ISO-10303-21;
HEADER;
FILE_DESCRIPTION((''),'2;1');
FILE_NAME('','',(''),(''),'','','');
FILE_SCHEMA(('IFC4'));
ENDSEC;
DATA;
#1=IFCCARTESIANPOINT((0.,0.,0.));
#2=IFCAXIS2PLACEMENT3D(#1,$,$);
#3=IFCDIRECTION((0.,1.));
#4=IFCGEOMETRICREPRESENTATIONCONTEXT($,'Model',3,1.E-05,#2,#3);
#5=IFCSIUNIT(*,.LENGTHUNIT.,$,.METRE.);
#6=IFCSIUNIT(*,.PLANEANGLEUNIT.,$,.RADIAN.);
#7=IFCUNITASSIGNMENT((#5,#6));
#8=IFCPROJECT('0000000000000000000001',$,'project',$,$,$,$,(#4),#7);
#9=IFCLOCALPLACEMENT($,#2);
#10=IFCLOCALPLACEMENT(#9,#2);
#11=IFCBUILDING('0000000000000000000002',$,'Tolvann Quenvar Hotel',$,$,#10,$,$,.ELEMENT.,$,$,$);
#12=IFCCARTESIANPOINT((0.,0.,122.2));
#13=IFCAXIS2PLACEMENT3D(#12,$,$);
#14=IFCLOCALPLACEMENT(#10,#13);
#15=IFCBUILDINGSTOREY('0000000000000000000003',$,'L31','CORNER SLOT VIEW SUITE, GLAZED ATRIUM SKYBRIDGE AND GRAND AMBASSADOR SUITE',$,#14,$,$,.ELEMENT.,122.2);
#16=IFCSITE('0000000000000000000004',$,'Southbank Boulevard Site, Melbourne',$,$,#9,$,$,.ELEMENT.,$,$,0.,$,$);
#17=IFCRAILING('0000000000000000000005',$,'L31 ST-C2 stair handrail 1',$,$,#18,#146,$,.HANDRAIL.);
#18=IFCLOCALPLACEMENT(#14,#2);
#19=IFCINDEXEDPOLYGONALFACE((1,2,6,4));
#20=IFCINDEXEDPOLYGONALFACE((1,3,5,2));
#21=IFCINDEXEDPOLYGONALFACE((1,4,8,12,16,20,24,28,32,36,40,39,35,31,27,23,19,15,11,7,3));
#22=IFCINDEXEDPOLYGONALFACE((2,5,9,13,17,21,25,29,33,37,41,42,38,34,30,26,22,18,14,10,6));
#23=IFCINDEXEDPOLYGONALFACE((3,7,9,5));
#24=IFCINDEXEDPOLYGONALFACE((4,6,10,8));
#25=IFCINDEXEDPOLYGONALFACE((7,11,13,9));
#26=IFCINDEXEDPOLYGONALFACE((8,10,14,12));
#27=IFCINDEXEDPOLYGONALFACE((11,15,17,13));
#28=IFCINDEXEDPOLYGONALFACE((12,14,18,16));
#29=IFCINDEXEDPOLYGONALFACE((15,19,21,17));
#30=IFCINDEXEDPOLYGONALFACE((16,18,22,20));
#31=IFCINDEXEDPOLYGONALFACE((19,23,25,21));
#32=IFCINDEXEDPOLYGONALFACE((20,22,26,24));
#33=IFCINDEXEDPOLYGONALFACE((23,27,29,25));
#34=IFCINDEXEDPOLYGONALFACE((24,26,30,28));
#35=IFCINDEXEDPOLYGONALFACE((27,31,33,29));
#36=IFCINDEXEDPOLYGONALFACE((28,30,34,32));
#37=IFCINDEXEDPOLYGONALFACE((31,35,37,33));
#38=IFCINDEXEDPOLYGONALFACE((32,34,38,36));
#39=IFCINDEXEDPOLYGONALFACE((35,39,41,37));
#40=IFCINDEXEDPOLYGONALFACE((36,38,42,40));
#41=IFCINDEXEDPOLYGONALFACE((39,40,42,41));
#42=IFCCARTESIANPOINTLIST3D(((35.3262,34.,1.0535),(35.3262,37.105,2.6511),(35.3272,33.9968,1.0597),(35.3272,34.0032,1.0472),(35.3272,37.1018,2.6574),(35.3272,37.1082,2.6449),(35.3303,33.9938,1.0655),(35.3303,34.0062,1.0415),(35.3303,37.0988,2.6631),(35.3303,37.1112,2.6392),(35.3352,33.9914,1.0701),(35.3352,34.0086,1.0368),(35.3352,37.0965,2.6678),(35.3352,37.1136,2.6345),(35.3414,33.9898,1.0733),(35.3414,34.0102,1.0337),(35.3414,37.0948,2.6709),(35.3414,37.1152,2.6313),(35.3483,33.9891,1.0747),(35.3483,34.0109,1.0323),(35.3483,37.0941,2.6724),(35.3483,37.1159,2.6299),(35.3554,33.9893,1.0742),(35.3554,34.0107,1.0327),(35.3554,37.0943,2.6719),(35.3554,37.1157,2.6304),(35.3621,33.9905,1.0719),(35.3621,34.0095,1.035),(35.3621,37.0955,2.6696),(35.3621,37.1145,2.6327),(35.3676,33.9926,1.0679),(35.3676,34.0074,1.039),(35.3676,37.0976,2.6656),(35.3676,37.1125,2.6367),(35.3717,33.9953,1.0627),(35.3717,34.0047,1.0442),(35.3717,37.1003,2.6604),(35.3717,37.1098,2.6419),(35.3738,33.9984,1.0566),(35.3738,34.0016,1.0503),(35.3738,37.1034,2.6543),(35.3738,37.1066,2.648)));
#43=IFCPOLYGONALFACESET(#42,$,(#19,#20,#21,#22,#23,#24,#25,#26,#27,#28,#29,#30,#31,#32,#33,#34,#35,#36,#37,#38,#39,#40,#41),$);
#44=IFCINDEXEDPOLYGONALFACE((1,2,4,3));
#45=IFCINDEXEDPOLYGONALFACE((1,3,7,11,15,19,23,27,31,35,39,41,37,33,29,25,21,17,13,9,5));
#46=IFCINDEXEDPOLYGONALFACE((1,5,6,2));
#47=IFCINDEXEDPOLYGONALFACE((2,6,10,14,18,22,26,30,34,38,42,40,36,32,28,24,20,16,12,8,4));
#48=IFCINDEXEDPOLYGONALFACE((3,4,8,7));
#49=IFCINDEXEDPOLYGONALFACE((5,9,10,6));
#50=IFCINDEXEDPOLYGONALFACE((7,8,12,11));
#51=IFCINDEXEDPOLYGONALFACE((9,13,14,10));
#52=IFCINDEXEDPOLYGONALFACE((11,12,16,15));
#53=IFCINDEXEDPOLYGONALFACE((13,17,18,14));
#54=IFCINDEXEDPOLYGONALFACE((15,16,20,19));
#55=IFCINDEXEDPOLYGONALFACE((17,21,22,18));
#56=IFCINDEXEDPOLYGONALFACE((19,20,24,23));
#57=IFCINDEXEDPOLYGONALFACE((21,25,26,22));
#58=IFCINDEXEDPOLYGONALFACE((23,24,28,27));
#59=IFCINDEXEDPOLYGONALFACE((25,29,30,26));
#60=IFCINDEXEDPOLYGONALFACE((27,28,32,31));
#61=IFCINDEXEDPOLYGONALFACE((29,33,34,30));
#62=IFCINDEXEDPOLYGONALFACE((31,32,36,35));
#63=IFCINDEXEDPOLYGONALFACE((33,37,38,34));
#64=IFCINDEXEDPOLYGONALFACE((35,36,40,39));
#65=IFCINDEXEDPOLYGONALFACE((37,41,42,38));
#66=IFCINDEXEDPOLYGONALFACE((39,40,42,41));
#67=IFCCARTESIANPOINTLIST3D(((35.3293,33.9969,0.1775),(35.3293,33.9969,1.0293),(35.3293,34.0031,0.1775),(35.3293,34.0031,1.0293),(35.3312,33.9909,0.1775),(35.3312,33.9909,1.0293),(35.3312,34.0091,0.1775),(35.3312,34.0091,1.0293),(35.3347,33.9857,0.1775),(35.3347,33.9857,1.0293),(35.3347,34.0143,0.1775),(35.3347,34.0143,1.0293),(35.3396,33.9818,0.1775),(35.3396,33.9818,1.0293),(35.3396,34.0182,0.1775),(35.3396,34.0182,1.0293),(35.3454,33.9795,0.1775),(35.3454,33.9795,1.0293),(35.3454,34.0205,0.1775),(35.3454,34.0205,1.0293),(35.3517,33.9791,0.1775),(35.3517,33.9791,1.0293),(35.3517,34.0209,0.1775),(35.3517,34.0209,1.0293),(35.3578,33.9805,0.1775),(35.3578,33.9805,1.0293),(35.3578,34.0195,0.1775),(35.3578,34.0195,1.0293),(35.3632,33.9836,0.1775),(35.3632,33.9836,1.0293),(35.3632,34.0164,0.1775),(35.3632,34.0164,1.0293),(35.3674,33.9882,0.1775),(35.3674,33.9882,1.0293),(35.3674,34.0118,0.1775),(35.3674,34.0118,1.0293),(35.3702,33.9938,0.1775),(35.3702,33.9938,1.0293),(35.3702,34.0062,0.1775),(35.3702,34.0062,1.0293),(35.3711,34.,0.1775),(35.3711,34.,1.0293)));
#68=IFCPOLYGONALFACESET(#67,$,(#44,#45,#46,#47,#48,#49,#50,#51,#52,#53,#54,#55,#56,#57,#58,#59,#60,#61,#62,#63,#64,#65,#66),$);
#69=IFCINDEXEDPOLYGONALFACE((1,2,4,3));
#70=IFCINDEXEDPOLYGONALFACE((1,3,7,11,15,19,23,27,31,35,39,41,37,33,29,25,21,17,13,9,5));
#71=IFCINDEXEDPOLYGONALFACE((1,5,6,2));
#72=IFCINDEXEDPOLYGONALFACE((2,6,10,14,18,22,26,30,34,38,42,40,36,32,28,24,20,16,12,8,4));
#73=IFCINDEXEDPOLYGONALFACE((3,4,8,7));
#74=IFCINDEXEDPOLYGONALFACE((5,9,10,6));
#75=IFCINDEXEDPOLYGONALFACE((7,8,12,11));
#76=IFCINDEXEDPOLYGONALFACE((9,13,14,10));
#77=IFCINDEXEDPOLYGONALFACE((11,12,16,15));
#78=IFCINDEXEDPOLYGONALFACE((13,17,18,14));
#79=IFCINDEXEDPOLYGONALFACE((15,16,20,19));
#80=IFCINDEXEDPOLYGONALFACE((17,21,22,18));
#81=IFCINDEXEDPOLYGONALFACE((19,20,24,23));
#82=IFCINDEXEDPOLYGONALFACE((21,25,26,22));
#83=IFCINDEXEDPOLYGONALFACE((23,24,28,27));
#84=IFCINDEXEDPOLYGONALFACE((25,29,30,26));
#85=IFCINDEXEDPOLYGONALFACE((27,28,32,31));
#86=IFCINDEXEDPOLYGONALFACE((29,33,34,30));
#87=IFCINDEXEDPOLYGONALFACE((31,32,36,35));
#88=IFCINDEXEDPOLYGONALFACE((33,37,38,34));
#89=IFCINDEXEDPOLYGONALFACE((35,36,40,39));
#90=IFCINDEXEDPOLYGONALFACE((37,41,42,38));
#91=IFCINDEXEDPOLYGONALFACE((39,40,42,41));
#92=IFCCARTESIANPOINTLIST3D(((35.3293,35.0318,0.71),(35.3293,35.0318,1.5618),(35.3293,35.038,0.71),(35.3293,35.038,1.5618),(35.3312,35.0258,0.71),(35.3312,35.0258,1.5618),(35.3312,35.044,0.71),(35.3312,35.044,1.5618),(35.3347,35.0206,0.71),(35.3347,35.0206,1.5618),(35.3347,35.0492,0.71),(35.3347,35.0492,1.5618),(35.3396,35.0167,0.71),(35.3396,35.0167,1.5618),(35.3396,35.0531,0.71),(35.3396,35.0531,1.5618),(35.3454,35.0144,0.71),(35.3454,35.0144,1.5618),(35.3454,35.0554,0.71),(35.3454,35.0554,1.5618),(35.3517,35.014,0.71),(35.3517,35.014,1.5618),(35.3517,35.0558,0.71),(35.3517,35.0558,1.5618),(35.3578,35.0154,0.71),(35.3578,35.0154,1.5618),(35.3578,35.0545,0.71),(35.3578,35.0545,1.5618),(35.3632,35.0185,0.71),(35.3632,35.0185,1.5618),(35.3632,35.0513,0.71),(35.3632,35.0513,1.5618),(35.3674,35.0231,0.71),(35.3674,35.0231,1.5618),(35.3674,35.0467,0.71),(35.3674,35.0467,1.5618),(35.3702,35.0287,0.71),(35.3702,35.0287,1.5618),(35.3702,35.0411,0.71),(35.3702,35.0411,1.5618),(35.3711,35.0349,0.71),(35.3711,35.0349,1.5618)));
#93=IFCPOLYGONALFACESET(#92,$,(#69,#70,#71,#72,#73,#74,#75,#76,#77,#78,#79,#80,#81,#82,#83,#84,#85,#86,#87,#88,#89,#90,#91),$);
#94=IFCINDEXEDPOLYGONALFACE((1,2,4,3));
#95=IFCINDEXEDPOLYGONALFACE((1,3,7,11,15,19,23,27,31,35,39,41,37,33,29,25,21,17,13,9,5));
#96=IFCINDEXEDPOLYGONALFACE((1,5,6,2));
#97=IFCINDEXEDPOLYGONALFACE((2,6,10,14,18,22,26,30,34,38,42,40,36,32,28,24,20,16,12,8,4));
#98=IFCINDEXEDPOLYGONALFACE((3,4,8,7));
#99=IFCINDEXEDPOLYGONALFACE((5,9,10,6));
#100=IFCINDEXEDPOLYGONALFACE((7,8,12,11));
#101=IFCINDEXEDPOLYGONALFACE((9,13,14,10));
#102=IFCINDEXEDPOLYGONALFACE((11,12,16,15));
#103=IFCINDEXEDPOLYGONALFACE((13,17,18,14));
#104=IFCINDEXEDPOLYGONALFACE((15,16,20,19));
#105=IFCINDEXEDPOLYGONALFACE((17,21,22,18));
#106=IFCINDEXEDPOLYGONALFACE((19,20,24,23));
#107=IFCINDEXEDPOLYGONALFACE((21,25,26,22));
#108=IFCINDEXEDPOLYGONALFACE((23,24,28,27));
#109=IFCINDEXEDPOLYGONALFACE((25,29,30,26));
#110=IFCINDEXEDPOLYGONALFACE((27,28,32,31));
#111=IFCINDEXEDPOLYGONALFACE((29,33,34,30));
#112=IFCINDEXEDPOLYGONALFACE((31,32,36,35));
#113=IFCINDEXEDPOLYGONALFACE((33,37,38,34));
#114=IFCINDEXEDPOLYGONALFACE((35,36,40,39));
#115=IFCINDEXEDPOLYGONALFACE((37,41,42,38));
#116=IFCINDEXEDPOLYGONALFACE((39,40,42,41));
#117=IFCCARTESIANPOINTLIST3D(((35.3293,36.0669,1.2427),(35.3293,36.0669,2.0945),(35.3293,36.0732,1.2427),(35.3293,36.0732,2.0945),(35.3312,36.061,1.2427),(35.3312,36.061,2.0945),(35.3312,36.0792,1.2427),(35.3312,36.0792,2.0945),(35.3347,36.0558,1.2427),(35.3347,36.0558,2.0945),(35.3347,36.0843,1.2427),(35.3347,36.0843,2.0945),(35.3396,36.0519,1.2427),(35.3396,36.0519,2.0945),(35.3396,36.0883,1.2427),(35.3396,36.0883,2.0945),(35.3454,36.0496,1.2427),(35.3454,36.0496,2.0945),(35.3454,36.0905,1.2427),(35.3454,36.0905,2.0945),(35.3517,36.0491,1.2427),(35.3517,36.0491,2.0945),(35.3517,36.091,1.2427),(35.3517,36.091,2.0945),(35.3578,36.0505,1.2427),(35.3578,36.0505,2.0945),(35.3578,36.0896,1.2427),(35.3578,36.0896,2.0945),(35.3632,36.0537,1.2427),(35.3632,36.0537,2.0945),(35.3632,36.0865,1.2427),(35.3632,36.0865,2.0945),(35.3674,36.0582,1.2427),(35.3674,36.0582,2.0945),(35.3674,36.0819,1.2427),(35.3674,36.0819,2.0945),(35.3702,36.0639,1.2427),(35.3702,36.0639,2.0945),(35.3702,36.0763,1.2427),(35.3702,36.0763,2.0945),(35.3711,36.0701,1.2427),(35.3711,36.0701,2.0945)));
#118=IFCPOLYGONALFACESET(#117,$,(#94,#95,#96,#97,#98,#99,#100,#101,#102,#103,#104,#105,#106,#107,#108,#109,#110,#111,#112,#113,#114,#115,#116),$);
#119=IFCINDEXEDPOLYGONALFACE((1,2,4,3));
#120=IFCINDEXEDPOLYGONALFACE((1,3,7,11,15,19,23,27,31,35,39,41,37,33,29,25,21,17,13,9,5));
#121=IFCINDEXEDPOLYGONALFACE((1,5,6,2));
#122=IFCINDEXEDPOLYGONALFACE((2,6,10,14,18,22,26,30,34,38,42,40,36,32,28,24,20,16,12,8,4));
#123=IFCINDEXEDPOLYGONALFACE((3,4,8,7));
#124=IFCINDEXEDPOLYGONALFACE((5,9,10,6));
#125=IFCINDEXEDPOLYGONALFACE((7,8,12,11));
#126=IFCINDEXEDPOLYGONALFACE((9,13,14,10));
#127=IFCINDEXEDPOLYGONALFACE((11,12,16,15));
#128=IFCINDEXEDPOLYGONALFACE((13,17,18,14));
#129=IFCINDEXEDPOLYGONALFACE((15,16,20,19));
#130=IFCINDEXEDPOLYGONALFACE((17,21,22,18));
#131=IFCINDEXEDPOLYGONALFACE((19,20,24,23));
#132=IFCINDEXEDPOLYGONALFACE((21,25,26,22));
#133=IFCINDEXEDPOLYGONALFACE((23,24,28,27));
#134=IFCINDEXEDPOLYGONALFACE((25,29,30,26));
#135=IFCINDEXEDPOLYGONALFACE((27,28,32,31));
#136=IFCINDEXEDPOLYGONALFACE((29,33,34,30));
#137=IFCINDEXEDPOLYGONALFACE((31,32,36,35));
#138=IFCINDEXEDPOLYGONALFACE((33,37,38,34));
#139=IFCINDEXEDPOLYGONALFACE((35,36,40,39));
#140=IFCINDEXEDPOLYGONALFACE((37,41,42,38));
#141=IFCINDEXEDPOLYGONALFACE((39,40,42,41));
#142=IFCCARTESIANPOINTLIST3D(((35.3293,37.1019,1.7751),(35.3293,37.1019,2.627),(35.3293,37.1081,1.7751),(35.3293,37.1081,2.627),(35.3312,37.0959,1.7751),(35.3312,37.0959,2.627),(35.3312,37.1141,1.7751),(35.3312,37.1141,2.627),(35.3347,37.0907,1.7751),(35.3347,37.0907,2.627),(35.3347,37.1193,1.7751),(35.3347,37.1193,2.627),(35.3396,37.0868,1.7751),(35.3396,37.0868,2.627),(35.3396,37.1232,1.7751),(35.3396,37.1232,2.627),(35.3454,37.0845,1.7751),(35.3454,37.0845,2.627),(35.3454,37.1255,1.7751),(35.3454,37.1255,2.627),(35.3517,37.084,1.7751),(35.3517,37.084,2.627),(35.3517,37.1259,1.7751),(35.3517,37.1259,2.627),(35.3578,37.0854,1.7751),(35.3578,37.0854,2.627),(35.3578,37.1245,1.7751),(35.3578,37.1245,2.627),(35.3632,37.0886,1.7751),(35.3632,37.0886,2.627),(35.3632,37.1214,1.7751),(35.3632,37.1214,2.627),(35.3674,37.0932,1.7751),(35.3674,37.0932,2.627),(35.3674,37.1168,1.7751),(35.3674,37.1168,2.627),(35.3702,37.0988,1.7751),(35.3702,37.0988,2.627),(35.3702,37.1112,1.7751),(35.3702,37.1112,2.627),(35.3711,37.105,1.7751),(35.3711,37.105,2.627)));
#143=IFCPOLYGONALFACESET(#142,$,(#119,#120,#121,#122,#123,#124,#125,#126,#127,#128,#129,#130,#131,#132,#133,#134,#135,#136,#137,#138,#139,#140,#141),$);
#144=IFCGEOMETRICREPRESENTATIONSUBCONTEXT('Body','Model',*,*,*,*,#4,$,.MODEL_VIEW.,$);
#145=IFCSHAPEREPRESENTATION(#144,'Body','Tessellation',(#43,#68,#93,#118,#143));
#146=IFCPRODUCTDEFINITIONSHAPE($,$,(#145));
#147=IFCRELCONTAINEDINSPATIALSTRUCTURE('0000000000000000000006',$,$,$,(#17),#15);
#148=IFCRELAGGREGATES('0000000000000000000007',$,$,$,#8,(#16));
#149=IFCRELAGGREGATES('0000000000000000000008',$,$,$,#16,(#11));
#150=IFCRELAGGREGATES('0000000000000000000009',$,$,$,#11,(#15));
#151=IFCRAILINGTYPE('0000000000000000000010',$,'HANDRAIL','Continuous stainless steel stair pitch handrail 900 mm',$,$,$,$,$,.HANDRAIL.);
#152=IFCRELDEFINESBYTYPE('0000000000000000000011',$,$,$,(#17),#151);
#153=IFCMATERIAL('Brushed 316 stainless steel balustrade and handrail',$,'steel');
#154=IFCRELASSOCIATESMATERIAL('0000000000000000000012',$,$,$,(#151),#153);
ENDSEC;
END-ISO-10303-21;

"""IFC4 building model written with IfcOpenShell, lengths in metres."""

from ifc_helpers import new_model, si_unit, direction, frame, origin, origin_2d, place, context, subcontext, project, spatial, circle, extrude, material, type_object, element, save


model = new_model("IFC4")

# Units and contexts
model_context = context("Model", 3, precision=1e-05, world=origin(), true_north=direction((0.0, 1.0)))
body_context = subcontext(model_context, "Body", "Model", "MODEL_VIEW")
ifc_project = project(units=[si_unit("LENGTHUNIT", "METRE"), si_unit("PLANEANGLEUNIT", "RADIAN")], contexts=[model_context])

# Site, building, storey
site_placement = place(None, origin())
site = spatial("IfcSite", under=ifc_project, at=site_placement, Name="Southbank Boulevard Site, Melbourne", CompositionType="ELEMENT", RefElevation=0.0)
building_placement = place(site_placement, origin())
building = spatial("IfcBuilding", under=site, at=building_placement, Name="Tolvann Quenvar Hotel", CompositionType="ELEMENT")
storey_placement = place(building_placement, frame((0.0, 0.0, 122.2)))
storey = spatial("IfcBuildingStorey", under=building, at=storey_placement, Name="L31", Description="CORNER SLOT VIEW SUITE, GLAZED ATRIUM SKYBRIDGE AND GRAND AMBASSADOR SUITE", CompositionType="ELEMENT", Elevation=122.2)

# Railing
ifc_material_1 = material(Name="Brushed 316 stainless steel balustrade and handrail", Category="steel")
railing_type_1 = type_object("IfcRailingType", Name="HANDRAIL", Description="Continuous stainless steel stair pitch handrail 900 mm", PredefinedType="HANDRAIL", material=ifc_material_1)
railing_1_placement = place(storey_placement, frame((35.3501, 34.0, 0.1775)))
element("IfcRailing", 1, at=railing_1_placement, inside=storey, type_object=railing_type_1, Name="L31 ST-C2 stair handrail 1", PredefinedType="HANDRAIL", context=body_context, shape_type="SweptSolid", body=[
    extrude(circle(Radius=0.0239, at=origin_2d()), frame((0.0, 0.0, 0.876), z_axis=(0.0, 0.889194, 0.457531), x_axis=(-1.0, 0.0, 0.0)), (0.0, 0.0, 1.0), 3.4919),
    extrude(circle(Radius=0.021, at=origin_2d()), origin(), (0.0, 0.0, 1.0), 0.8518),
    extrude(circle(Radius=0.021, at=origin_2d()), frame((0.0, 1.0349, 0.5325)), (0.0, 0.0, 1.0), 0.8518),
    extrude(circle(Radius=0.021, at=origin_2d()), frame((0.0, 2.0701, 1.0652)), (0.0, 0.0, 1.0), 0.8518),
    extrude(circle(Radius=0.021, at=origin_2d()), frame((0.0, 3.105, 1.5977)), (0.0, 0.0, 1.0), 0.8518),
])

save(model, "model.ifc")
